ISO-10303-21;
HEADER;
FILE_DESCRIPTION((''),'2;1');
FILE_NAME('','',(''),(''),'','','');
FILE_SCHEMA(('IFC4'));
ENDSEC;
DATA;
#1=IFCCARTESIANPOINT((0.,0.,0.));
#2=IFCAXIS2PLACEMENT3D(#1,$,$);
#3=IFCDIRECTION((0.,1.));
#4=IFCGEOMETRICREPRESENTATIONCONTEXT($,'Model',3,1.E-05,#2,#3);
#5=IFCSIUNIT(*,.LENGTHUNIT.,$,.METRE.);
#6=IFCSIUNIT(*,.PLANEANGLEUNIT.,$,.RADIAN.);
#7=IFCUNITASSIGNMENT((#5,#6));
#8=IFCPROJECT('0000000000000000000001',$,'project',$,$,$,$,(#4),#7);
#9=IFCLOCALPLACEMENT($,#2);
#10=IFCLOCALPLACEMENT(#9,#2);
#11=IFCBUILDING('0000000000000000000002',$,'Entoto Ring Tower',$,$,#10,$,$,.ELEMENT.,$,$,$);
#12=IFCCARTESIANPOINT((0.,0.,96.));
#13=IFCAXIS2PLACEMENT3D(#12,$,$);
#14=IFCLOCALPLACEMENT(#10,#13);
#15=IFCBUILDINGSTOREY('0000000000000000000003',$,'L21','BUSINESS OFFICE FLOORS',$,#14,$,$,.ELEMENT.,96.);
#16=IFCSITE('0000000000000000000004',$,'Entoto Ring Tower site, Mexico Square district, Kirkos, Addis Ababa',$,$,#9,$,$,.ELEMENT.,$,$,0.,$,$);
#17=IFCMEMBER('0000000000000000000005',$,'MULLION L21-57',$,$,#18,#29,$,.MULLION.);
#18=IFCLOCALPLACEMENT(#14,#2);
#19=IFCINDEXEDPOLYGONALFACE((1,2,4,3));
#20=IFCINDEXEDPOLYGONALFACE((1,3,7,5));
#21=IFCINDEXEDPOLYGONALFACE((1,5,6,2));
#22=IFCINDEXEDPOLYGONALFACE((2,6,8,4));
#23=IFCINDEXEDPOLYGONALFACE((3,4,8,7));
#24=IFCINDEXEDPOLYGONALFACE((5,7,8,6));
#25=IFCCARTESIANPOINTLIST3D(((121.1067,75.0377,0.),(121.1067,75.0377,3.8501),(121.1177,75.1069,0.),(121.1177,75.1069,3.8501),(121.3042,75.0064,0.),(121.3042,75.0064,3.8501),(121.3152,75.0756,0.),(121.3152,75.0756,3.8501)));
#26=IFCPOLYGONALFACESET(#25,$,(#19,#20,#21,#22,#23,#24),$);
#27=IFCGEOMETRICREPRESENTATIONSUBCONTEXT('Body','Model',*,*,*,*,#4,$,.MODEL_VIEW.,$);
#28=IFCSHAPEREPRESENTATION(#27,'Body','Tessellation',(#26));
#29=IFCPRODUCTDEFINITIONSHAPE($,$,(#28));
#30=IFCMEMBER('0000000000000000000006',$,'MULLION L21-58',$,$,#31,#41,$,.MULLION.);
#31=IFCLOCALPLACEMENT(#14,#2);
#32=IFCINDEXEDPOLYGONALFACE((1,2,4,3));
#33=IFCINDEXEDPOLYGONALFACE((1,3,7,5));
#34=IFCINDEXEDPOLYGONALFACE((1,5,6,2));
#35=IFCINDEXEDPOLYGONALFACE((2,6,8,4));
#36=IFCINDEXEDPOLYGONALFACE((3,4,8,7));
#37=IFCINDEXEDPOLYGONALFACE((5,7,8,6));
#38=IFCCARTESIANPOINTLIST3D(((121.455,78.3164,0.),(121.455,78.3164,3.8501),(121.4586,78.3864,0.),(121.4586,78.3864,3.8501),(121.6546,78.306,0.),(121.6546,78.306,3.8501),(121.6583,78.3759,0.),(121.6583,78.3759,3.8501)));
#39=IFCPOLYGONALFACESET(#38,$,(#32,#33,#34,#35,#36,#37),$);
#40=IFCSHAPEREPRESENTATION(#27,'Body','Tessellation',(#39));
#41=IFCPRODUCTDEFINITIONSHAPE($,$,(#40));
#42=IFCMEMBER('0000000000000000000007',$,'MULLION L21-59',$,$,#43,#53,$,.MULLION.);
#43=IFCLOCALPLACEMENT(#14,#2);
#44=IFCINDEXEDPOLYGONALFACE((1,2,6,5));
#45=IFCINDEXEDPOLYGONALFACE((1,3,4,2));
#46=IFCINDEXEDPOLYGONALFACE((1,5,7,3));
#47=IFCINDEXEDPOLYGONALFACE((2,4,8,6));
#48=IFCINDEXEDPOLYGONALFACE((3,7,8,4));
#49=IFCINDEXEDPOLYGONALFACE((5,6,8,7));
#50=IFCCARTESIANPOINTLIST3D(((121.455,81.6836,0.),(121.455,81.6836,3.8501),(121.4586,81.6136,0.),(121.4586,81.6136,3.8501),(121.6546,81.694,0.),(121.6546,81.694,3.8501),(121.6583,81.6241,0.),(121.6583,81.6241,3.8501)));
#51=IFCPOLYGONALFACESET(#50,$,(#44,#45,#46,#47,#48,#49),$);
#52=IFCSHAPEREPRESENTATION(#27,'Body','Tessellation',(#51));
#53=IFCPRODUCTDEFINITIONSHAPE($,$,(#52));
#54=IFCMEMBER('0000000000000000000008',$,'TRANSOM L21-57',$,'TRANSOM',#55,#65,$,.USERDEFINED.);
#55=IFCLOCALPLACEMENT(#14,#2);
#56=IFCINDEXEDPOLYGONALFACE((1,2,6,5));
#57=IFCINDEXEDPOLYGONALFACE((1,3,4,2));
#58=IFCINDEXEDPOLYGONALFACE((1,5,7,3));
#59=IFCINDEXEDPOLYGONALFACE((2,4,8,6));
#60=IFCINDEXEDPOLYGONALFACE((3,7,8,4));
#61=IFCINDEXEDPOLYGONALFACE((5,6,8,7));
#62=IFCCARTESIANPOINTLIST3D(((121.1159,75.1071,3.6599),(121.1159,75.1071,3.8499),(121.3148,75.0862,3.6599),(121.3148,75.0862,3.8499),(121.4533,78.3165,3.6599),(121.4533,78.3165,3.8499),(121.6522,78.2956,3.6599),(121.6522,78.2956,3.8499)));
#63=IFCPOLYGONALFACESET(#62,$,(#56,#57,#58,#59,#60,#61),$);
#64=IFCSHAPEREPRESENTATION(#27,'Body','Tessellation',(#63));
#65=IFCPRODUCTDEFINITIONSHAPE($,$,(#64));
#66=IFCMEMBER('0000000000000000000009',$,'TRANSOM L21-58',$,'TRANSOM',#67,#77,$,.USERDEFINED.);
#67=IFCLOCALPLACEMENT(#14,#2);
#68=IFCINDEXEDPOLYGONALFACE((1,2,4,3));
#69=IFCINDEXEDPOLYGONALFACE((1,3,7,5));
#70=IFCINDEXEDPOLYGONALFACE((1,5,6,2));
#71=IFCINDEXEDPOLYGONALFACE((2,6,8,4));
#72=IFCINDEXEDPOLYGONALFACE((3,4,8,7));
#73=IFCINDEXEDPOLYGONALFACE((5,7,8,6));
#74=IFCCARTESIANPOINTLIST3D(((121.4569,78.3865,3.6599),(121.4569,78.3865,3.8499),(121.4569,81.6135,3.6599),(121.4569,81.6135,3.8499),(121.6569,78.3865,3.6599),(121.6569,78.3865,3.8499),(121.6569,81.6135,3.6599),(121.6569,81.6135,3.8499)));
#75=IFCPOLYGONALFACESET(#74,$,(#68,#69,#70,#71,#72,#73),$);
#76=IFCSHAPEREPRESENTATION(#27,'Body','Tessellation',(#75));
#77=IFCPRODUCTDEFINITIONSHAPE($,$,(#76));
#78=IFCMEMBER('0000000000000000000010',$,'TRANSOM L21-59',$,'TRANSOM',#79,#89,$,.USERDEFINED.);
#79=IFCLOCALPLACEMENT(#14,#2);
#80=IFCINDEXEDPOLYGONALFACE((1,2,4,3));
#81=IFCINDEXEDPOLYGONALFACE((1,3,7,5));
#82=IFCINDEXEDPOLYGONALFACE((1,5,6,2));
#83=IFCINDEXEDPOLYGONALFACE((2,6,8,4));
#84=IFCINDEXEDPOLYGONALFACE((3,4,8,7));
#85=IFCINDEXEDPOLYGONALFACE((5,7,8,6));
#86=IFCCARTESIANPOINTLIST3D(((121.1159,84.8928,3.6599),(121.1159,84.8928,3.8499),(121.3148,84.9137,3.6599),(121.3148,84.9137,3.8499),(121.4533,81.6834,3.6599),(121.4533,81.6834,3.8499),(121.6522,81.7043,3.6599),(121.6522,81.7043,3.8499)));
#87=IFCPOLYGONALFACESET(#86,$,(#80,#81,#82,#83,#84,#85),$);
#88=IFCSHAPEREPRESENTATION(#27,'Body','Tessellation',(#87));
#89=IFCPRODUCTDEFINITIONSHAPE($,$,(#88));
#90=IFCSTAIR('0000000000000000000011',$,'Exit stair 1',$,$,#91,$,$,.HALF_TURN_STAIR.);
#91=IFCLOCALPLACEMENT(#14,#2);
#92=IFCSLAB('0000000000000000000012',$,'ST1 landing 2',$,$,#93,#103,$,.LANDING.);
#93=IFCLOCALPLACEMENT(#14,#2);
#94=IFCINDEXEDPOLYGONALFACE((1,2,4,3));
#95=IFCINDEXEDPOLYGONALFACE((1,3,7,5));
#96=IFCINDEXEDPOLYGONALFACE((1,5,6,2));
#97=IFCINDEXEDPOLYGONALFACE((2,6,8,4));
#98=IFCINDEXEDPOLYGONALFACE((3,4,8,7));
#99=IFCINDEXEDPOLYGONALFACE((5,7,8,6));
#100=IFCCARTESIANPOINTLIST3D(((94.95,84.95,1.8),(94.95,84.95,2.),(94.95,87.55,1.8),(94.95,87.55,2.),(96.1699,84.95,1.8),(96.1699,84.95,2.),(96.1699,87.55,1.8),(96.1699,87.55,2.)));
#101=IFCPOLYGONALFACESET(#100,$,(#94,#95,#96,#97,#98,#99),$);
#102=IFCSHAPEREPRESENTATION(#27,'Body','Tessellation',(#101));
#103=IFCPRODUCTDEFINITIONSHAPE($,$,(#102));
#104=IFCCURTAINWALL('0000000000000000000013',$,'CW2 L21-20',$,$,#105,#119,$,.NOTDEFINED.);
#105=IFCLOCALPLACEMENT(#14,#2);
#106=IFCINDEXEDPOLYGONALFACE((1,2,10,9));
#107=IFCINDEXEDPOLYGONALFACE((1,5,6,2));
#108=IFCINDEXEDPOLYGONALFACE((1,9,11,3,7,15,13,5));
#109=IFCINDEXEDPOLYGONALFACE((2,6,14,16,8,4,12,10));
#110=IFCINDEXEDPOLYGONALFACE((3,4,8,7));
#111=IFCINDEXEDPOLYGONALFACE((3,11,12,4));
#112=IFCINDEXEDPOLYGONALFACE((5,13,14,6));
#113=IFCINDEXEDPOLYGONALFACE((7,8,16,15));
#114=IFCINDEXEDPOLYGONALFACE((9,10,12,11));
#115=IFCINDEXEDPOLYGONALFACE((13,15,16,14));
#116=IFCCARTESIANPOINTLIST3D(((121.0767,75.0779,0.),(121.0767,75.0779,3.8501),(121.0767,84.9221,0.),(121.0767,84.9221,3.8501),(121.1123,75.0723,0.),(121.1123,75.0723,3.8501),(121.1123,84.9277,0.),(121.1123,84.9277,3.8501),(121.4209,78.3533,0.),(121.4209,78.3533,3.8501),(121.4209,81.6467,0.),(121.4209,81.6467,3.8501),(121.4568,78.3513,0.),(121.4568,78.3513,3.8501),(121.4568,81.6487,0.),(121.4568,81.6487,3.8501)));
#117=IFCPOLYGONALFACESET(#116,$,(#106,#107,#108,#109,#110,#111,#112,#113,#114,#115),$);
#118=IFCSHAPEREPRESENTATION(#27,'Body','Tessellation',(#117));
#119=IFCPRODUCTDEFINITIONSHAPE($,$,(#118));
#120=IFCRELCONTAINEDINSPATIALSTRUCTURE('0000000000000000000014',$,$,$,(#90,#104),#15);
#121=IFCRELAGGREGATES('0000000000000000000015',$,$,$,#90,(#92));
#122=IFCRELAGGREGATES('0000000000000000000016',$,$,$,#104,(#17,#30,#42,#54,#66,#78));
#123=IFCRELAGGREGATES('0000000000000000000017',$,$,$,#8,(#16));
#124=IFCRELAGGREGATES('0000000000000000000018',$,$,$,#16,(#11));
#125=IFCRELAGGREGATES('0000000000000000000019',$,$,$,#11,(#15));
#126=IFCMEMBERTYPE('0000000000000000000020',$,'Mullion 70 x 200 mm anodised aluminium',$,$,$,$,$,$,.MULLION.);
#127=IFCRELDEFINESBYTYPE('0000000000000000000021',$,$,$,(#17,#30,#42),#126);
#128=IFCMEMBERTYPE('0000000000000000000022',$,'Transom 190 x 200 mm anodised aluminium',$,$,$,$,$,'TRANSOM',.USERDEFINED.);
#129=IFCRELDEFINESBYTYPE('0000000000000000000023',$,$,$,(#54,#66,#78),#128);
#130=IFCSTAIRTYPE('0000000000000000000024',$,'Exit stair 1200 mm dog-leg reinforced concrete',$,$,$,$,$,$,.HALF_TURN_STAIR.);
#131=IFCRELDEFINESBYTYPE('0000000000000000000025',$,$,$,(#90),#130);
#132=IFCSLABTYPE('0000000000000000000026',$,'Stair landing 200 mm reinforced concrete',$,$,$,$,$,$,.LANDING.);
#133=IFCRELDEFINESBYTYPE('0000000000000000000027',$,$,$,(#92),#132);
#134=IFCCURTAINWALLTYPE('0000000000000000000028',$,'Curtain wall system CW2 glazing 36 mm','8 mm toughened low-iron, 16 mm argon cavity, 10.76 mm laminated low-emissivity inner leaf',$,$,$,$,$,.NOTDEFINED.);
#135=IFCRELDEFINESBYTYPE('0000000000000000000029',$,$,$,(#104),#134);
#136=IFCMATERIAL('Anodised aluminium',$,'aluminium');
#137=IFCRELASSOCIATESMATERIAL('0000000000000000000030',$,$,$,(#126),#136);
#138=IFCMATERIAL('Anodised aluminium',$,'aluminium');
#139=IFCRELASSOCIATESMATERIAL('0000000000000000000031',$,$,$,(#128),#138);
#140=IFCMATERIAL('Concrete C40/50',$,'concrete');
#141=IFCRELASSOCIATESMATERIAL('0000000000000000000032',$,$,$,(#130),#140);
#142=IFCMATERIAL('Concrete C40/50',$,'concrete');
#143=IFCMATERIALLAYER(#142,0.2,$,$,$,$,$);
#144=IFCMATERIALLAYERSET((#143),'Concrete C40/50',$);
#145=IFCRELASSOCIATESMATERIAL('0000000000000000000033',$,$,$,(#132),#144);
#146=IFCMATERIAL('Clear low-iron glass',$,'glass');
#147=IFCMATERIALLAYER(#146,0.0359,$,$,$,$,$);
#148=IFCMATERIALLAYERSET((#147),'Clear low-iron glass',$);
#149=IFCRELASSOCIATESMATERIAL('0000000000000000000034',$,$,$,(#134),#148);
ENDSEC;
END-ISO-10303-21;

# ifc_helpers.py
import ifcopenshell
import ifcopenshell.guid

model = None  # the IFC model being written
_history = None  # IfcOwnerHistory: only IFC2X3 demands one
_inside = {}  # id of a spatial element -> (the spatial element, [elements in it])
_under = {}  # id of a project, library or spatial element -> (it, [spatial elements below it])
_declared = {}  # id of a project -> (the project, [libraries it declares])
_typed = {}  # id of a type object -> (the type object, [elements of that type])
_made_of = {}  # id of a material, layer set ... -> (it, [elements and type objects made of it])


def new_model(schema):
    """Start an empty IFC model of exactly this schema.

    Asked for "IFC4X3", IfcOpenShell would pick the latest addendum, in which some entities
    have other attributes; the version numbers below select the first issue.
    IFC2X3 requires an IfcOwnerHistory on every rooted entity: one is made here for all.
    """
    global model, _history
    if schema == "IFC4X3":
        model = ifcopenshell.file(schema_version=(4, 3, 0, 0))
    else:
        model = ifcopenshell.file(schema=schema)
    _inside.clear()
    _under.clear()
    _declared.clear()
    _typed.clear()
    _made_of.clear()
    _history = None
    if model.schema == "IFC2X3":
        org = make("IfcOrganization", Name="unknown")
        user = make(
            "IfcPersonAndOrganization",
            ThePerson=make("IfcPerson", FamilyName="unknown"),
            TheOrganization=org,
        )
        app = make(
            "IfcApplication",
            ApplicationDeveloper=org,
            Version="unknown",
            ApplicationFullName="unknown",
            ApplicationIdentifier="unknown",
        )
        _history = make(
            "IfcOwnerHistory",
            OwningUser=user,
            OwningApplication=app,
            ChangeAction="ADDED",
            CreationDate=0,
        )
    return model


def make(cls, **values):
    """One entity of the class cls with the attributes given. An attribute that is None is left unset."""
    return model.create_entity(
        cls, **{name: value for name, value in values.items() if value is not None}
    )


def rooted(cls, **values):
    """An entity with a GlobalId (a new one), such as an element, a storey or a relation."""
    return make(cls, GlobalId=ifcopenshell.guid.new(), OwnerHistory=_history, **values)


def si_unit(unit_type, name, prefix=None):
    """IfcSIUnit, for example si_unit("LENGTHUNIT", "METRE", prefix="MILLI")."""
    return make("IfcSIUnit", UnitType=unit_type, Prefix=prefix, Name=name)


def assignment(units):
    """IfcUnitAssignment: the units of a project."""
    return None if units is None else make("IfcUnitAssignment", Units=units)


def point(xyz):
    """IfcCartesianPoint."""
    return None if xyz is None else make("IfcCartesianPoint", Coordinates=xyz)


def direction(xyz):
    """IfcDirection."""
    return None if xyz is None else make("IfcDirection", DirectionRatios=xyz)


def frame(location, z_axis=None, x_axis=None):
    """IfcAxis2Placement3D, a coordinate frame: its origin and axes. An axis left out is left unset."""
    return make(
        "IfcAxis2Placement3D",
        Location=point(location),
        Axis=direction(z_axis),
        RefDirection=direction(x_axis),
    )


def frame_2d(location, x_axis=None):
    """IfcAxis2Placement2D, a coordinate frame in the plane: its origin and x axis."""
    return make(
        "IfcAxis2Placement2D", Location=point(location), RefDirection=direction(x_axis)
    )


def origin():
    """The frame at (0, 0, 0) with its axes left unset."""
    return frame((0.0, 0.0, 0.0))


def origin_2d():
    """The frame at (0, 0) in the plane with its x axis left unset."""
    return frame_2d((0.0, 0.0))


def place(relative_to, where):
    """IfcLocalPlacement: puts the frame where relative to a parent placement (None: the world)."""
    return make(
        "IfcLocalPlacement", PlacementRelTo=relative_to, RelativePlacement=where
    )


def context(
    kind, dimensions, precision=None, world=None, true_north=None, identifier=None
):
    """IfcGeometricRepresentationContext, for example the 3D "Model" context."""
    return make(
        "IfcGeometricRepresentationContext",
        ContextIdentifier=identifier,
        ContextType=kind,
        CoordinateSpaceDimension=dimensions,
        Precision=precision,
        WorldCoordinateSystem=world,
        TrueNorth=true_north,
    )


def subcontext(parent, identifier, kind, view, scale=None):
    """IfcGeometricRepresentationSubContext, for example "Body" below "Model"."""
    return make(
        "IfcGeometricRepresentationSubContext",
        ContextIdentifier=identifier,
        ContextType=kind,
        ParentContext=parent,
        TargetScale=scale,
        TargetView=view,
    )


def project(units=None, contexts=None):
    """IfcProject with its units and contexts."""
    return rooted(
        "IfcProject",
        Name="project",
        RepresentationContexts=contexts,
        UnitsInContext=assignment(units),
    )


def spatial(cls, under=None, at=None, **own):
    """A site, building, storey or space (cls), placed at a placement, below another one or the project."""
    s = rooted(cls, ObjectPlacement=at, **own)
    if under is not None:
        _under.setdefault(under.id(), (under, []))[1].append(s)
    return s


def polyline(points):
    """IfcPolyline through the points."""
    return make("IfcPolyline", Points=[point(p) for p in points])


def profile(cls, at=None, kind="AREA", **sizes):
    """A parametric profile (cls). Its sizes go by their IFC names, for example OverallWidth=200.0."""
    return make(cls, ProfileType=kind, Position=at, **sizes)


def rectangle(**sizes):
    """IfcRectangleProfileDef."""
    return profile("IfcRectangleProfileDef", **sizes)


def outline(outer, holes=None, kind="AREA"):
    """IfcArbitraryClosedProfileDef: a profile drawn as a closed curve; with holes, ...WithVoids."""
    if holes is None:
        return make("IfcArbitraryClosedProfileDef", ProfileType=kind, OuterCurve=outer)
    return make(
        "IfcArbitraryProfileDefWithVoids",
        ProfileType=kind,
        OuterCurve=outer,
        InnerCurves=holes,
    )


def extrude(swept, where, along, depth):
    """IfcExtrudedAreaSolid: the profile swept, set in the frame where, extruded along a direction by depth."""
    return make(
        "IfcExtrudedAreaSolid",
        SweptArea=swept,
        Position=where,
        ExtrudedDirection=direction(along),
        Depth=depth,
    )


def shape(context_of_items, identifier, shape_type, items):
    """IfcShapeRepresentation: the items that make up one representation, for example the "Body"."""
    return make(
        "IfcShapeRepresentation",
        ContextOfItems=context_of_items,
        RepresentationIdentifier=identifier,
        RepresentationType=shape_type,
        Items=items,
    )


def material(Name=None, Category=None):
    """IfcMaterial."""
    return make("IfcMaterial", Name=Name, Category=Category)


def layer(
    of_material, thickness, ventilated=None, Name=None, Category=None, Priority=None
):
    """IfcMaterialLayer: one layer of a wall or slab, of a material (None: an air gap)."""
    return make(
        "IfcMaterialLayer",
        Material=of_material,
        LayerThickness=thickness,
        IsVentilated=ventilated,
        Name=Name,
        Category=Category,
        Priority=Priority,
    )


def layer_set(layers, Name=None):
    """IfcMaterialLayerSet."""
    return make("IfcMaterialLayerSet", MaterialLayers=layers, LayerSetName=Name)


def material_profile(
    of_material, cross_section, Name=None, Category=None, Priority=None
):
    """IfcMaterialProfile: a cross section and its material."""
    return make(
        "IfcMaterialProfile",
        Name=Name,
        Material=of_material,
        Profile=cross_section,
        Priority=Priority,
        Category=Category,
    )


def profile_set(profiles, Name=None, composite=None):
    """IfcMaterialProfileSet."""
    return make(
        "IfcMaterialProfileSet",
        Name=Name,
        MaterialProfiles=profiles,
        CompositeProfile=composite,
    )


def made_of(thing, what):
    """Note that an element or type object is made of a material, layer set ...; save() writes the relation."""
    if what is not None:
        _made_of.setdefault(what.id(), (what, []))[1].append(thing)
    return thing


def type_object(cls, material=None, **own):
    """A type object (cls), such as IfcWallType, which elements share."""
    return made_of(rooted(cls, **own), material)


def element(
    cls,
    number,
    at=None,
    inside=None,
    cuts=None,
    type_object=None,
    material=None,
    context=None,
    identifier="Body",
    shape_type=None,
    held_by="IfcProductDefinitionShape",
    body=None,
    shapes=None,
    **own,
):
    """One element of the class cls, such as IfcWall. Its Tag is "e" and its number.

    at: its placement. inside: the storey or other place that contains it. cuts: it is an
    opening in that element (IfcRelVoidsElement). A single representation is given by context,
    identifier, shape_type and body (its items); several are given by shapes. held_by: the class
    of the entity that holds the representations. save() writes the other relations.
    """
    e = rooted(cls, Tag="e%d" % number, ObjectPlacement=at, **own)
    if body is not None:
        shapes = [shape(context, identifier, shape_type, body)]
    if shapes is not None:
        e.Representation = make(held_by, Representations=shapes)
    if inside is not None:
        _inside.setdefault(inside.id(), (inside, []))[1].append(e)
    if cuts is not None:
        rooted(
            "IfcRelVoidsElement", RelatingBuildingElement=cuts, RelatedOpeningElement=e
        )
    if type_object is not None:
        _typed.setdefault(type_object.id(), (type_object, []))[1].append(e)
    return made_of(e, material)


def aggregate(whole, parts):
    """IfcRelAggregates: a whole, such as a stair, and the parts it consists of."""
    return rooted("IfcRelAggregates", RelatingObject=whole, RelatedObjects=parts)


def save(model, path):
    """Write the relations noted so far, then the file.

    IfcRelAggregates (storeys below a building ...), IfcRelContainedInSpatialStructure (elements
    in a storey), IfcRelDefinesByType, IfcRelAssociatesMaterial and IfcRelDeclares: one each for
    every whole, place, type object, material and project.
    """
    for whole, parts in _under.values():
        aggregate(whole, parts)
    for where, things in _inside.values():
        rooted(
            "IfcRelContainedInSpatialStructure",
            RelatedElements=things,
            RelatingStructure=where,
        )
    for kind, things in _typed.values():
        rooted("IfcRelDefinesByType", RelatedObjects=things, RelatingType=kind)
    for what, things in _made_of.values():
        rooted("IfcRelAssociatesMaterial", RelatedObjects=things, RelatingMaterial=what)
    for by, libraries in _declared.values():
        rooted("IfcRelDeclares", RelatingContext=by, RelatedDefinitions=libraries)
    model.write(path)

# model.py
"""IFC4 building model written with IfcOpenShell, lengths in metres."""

from ifc_helpers import new_model, si_unit, direction, frame, origin, origin_2d, place, context, subcontext, project, spatial, polyline, rectangle, outline, extrude, material, layer, layer_set, material_profile, profile_set, type_object, element, aggregate, save


model = new_model("IFC4")

# Units and contexts
model_context = context("Model", 3, precision=1e-05, world=origin(), true_north=direction((0.0, 1.0)))
body_context = subcontext(model_context, "Body", "Model", "MODEL_VIEW")
ifc_project = project(units=[si_unit("LENGTHUNIT", "METRE"), si_unit("PLANEANGLEUNIT", "RADIAN")], contexts=[model_context])

# Members
ifc_material_1 = material(Name="Anodised aluminium", Category="aluminium")
ifc_material_profile_1 = material_profile(ifc_material_1, rectangle(XDim=0.0701, YDim=0.2, at=origin_2d()), Name="Mullion 70 x 200 mm anodised aluminium")
ifc_profile_set_1 = profile_set([ifc_material_profile_1], Name="Anodised aluminium")
member_type_1 = type_object("IfcMemberType", Name="Mullion 70 x 200 mm anodised aluminium", PredefinedType="MULLION", material=ifc_profile_set_1)
site_placement = place(None, origin())
building_placement = place(site_placement, origin())
storey_placement = place(building_placement, frame((0.0, 0.0, 96.0)))
member_1_placement = place(storey_placement, frame((121.2109, 75.0566, 0.0), z_axis=(0.0, 0.0, 1.0), x_axis=(0.156434, 0.987688, 0.0)))
member_1 = element("IfcMember", 1, at=member_1_placement, type_object=member_type_1, Name="MULLION L21-57", PredefinedType="MULLION", context=body_context, shape_type="SweptSolid", body=[
    extrude(rectangle(XDim=0.0701, YDim=0.2, at=origin_2d()), origin(), (0.0, 0.0, 1.0), 3.8501),
])
member_2_placement = place(storey_placement, frame((121.5566, 78.3462, 0.0), z_axis=(0.0, 0.0, 1.0), x_axis=(0.052336, 0.99863, 0.0)))
member_2 = element("IfcMember", 2, at=member_2_placement, type_object=member_type_1, Name="MULLION L21-58", PredefinedType="MULLION", context=body_context, shape_type="SweptSolid", body=[
    extrude(rectangle(XDim=0.0701, YDim=0.2, at=origin_2d()), origin(), (0.0, 0.0, 1.0), 3.8501),
])
member_3_placement = place(storey_placement, frame((121.5566, 81.6538, 0.0), z_axis=(0.0, 0.0, 1.0), x_axis=(-0.052336, 0.99863, 0.0)))
member_3 = element("IfcMember", 3, at=member_3_placement, type_object=member_type_1, Name="MULLION L21-59", PredefinedType="MULLION", context=body_context, shape_type="SweptSolid", body=[
    extrude(rectangle(XDim=0.0701, YDim=0.2, at=origin_2d()), origin(), (0.0, 0.0, 1.0), 3.8501),
])
ifc_material_2 = material(Name="Anodised aluminium", Category="aluminium")
ifc_material_profile_2 = material_profile(ifc_material_2, rectangle(XDim=0.2, YDim=0.1899, at=origin_2d()), Name="Transom 190 x 200 mm anodised aluminium")
ifc_profile_set_2 = profile_set([ifc_material_profile_2], Name="Anodised aluminium")
member_type_2 = type_object("IfcMemberType", Name="Transom 190 x 200 mm anodised aluminium", ElementType="TRANSOM", PredefinedType="USERDEFINED", material=ifc_profile_set_2)
member_4_placement = place(storey_placement, frame((121.2153, 75.0967, 3.7549), z_axis=(0.104551, 0.99452, 0.0), x_axis=(-0.99452, 0.104551, 0.0)))
member_4 = element("IfcMember", 4, at=member_4_placement, type_object=member_type_2, Name="TRANSOM L21-57", ObjectType="TRANSOM", PredefinedType="USERDEFINED", context=body_context, shape_type="SweptSolid", body=[
    extrude(rectangle(XDim=0.2, YDim=0.1899, at=origin_2d()), origin(), (0.0, 0.0, 1.0), 3.2271),
])
member_5_placement = place(storey_placement, frame((121.5569, 78.3865, 3.7549), z_axis=(0.0, 1.0, 0.0), x_axis=(-1.0, 0.0, 0.0)))
member_5 = element("IfcMember", 5, at=member_5_placement, type_object=member_type_2, Name="TRANSOM L21-58", ObjectType="TRANSOM", PredefinedType="USERDEFINED", context=body_context, shape_type="SweptSolid", body=[
    extrude(rectangle(XDim=0.2, YDim=0.1899, at=origin_2d()), origin(), (0.0, 0.0, 1.0), 3.2271),
])
member_6_placement = place(storey_placement, frame((121.5527, 81.6938, 3.7549), z_axis=(-0.104551, 0.99452, 0.0), x_axis=(-0.99452, -0.104551, 0.0)))
member_6 = element("IfcMember", 6, at=member_6_placement, type_object=member_type_2, Name="TRANSOM L21-59", ObjectType="TRANSOM", PredefinedType="USERDEFINED", context=body_context, shape_type="SweptSolid", body=[
    extrude(rectangle(XDim=0.2, YDim=0.1899, at=origin_2d()), origin(), (0.0, 0.0, 1.0), 3.2271),
])

# Site, building, storey
site = spatial("IfcSite", under=ifc_project, at=site_placement, Name="Entoto Ring Tower site, Mexico Square district, Kirkos, Addis Ababa", CompositionType="ELEMENT", RefElevation=0.0)
building = spatial("IfcBuilding", under=site, at=building_placement, Name="Entoto Ring Tower", CompositionType="ELEMENT")
storey = spatial("IfcBuildingStorey", under=building, at=storey_placement, Name="L21", Description="BUSINESS OFFICE FLOORS", CompositionType="ELEMENT", Elevation=96.0)

# Stair, slab
ifc_material_3 = material(Name="Concrete C40/50", Category="concrete")
stair_type = type_object("IfcStairType", Name="Exit stair 1200 mm dog-leg reinforced concrete", PredefinedType="HALF_TURN_STAIR", material=ifc_material_3)
stair_placement = place(storey_placement, origin())
stair = element("IfcStair", 7, at=stair_placement, inside=storey, type_object=stair_type, Name="Exit stair 1", PredefinedType="HALF_TURN_STAIR")
ifc_material_4 = material(Name="Concrete C40/50", Category="concrete")
ifc_layer_1 = layer(ifc_material_4, 0.2)
ifc_layer_set_1 = layer_set([ifc_layer_1], Name="Concrete C40/50")
slab_type = type_object("IfcSlabType", Name="Stair landing 200 mm reinforced concrete", PredefinedType="LANDING", material=ifc_layer_set_1)
slab_placement = place(storey_placement, frame((0.0, 0.0, 1.8)))
slab = element("IfcSlab", 8, at=slab_placement, type_object=slab_type, Name="ST1 landing 2", PredefinedType="LANDING", context=body_context, shape_type="SweptSolid", body=[
    extrude(outline(polyline([(94.95, 84.95), (96.1699, 84.95), (96.1699, 87.55), (94.95, 87.55), (94.95, 84.95)])), origin(), (0.0, 0.0, 1.0), 0.2),
])
aggregate(stair, [slab])

# Curtain wall
ifc_material_5 = material(Name="Clear low-iron glass", Category="glass")
ifc_layer_2 = layer(ifc_material_5, 0.0359)
ifc_layer_set_2 = layer_set([ifc_layer_2], Name="Clear low-iron glass")
curtain_wall_type = type_object("IfcCurtainWallType", Name="Curtain wall system CW2 glazing 36 mm", Description="8 mm toughened low-iron, 16 mm argon cavity, 10.76 mm laminated low-emissivity inner leaf", PredefinedType="NOTDEFINED", material=ifc_layer_set_2)
curtain_wall_1_placement = place(storey_placement, origin())
curtain_wall_1 = element("IfcCurtainWall", 9, at=curtain_wall_1_placement, inside=storey, type_object=curtain_wall_type, Name="CW2 L21-20", PredefinedType="NOTDEFINED", context=body_context, shape_type="SweptSolid", body=[
    extrude(outline(polyline([(121.1123, 75.0723), (121.4568, 78.3513), (121.4568, 81.6487), (121.1123, 84.9277), (121.0767, 84.9221), (121.4209, 81.6467), (121.4209, 78.3533), (121.0767, 75.0779), (121.1123, 75.0723)])), origin(), (0.0, 0.0, 1.0), 3.8501),
])
aggregate(curtain_wall_1, [member_1, member_2, member_3, member_4, member_5, member_6])

save(model, "model.ifc")
